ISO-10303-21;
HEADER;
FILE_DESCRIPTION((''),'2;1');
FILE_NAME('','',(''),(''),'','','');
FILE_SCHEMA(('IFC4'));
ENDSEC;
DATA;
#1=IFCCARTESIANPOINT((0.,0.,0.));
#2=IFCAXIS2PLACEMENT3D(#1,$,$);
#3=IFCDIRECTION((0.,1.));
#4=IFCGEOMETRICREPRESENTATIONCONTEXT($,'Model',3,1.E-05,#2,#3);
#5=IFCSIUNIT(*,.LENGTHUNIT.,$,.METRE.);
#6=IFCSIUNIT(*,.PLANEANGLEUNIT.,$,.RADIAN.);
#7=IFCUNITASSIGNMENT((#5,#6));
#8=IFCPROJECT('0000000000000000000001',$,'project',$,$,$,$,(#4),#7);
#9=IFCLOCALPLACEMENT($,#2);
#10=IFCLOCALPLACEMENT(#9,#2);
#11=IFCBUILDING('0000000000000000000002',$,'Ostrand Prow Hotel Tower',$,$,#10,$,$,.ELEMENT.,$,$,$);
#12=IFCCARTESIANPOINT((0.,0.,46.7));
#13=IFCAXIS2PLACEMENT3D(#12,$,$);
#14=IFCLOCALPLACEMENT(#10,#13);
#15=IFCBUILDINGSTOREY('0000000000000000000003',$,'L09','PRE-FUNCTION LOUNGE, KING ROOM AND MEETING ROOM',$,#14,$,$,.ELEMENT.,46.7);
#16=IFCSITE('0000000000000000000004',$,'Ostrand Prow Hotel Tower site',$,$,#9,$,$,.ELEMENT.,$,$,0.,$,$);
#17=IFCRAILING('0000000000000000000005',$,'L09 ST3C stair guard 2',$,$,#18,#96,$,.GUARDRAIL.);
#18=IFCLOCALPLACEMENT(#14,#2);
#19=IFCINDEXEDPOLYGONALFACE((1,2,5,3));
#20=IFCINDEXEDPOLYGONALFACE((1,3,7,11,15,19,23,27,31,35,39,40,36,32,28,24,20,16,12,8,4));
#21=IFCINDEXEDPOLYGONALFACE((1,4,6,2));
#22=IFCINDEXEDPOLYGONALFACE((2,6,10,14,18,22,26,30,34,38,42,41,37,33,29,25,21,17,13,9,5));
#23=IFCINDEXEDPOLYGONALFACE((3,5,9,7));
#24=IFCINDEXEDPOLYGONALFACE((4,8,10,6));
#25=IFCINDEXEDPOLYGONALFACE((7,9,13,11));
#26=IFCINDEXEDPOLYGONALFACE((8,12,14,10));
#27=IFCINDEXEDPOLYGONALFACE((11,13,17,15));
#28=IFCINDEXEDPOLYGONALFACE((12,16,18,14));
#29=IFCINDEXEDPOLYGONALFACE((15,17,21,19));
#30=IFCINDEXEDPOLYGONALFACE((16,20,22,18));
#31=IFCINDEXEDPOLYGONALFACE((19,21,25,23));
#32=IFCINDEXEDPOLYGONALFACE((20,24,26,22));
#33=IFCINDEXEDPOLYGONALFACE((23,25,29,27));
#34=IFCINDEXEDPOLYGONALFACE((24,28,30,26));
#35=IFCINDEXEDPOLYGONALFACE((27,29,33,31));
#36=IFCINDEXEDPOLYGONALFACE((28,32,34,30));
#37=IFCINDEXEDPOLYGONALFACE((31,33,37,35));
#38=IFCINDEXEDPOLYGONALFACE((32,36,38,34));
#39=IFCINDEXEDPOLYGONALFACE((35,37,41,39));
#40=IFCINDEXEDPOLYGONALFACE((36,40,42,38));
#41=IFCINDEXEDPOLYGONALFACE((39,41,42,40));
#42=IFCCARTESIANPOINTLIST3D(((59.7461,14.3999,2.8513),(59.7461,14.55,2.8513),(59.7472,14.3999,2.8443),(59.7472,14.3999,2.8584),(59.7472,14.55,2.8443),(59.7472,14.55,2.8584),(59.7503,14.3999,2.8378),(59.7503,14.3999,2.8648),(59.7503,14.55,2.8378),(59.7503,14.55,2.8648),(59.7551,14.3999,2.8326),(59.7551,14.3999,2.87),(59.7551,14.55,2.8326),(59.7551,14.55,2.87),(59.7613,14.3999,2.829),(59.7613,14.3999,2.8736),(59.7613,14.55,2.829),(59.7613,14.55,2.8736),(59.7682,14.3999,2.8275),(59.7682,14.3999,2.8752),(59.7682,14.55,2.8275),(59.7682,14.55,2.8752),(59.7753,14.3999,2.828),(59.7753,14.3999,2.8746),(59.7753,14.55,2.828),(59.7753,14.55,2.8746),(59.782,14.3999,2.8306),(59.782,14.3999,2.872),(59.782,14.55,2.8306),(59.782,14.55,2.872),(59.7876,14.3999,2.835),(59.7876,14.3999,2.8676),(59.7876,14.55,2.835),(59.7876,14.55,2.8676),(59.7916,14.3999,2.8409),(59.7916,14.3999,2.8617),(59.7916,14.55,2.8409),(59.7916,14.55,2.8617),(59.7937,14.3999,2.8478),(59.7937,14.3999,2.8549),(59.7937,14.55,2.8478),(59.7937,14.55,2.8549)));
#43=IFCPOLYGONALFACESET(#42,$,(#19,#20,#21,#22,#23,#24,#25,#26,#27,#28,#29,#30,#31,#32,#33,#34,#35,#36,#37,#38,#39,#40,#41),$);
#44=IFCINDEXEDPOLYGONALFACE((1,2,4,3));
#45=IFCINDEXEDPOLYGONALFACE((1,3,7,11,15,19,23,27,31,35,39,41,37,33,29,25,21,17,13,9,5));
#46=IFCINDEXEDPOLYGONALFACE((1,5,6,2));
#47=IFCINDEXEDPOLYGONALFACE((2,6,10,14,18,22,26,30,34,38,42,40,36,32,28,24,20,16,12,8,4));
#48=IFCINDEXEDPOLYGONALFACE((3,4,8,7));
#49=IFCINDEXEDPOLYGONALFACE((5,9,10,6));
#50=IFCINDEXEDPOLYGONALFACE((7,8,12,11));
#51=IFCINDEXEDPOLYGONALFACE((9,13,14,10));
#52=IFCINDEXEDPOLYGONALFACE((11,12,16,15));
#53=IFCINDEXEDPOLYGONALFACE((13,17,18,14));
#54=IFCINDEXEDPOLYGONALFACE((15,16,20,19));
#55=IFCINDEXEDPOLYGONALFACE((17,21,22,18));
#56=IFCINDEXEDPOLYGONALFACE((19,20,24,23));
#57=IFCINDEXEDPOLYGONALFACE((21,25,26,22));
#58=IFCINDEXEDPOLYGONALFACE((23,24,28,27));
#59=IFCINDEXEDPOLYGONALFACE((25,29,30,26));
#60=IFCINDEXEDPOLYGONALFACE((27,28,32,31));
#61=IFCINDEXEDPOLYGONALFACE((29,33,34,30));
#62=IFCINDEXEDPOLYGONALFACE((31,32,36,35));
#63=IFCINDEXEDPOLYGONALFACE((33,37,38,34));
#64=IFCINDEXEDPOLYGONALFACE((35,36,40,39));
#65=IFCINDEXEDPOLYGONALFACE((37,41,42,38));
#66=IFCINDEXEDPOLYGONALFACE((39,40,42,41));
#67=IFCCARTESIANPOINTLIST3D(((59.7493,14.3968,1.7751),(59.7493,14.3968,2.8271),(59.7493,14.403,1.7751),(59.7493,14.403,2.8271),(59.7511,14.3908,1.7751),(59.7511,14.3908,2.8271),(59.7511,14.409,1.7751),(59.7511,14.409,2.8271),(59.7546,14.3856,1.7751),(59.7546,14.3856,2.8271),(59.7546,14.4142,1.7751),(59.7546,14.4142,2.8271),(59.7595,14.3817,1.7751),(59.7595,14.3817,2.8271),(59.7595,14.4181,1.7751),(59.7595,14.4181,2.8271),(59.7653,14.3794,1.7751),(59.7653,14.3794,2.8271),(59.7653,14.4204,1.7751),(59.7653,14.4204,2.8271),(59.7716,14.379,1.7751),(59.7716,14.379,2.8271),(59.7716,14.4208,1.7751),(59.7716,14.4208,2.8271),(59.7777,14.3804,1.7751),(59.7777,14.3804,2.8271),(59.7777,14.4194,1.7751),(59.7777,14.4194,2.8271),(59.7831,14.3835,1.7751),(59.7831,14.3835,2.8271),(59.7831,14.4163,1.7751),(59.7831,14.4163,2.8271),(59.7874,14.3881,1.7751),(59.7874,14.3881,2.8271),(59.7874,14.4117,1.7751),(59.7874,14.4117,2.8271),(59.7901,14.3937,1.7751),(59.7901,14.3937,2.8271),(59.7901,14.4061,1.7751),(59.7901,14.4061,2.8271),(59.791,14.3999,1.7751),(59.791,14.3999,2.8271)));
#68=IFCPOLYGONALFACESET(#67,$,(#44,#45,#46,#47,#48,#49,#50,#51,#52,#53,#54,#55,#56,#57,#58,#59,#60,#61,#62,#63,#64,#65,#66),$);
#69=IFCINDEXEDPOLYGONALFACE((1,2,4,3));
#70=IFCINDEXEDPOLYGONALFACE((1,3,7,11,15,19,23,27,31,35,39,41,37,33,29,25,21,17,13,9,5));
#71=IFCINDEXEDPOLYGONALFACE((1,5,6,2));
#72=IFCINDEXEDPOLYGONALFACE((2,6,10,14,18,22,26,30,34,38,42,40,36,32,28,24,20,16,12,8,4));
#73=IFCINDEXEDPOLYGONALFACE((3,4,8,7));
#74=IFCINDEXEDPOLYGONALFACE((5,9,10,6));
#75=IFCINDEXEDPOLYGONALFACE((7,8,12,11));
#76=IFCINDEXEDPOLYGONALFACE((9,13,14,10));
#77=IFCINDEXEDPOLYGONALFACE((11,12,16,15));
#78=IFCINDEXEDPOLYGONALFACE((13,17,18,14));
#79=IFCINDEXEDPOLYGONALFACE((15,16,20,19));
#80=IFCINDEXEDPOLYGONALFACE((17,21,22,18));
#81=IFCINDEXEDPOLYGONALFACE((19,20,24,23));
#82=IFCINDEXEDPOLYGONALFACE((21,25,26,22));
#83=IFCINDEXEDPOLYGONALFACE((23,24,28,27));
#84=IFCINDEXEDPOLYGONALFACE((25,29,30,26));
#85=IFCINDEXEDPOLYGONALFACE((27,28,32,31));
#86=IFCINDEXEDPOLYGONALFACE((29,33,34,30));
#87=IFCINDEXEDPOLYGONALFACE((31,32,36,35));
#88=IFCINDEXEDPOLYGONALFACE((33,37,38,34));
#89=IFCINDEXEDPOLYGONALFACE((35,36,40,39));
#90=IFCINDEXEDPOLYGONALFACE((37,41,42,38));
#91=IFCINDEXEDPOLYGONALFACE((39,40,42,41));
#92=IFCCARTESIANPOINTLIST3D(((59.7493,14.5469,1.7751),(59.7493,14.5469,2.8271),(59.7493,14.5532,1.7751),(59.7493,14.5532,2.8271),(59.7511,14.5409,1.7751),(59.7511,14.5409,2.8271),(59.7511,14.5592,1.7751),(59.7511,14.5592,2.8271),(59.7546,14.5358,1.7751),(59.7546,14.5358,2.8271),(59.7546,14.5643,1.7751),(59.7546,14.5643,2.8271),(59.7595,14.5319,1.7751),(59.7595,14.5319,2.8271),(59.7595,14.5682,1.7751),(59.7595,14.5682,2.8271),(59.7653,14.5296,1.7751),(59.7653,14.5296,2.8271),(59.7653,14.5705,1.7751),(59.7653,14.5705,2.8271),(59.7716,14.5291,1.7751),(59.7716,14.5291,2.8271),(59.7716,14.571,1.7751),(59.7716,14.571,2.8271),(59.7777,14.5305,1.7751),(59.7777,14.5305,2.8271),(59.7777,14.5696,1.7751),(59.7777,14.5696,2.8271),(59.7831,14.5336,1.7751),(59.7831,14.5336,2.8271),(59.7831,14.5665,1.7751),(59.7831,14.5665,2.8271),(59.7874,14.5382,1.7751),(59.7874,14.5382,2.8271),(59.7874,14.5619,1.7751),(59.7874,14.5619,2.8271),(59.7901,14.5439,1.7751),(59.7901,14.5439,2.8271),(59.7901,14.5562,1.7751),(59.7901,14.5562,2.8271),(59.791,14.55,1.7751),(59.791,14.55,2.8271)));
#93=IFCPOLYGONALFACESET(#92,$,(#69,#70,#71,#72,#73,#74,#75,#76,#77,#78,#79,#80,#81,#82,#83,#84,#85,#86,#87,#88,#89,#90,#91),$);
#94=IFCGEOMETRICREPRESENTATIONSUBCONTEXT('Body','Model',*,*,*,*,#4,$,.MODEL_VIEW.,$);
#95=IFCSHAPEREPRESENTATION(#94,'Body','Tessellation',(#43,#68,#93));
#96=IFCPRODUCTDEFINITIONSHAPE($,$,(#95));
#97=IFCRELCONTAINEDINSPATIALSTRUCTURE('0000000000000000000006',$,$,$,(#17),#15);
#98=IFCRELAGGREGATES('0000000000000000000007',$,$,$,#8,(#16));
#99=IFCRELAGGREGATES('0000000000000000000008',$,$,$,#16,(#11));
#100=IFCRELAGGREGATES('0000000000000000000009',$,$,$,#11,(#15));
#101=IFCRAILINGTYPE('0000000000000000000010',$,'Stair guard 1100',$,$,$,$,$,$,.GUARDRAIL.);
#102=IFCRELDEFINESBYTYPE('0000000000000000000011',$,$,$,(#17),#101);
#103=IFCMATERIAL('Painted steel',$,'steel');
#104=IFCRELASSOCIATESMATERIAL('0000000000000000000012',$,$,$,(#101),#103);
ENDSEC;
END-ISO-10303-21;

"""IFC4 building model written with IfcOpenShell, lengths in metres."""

from ifc_helpers import new_model, si_unit, direction, frame, origin, origin_2d, place, context, subcontext, project, spatial, circle, extrude, material, type_object, element, save


model = new_model("IFC4")

# Units and contexts
model_context = context("Model", 3, precision=1e-05, world=origin(), true_north=direction((0.0, 1.0)))
body_context = subcontext(model_context, "Body", "Model", "MODEL_VIEW")
ifc_project = project(units=[si_unit("LENGTHUNIT", "METRE"), si_unit("PLANEANGLEUNIT", "RADIAN")], contexts=[model_context])

# Site, building, storey
site_placement = place(None, origin())
site = spatial("IfcSite", under=ifc_project, at=site_placement, Name="Ostrand Prow Hotel Tower site", CompositionType="ELEMENT", RefElevation=0.0)
building_placement = place(site_placement, origin())
building = spatial("IfcBuilding", under=site, at=building_placement, Name="Ostrand Prow Hotel Tower", CompositionType="ELEMENT")
storey_placement = place(building_placement, frame((0.0, 0.0, 46.7)))
storey = spatial("IfcBuildingStorey", under=building, at=storey_placement, Name="L09", Description="PRE-FUNCTION LOUNGE, KING ROOM AND MEETING ROOM", CompositionType="ELEMENT", Elevation=46.7)

# Railing
ifc_material_1 = material(Name="Painted steel", Category="steel")
railing_type_1 = type_object("IfcRailingType", Name="Stair guard 1100", PredefinedType="GUARDRAIL", material=ifc_material_1)
railing_1_placement = place(storey_placement, frame((59.77, 14.3999, 1.7751)))
element("IfcRailing", 1, at=railing_1_placement, inside=storey, type_object=railing_type_1, Name="L09 ST3C stair guard 2", PredefinedType="GUARDRAIL", context=body_context, shape_type="SweptSolid", body=[
    extrude(circle(Radius=0.0239, at=origin_2d()), frame((0.0, 0.0, 1.0762), z_axis=(0.0, 1.0, 0.0), x_axis=(-1.0, 0.0, 0.0)), (0.0, 0.0, 1.0), 0.1501),
    extrude(circle(Radius=0.021, at=origin_2d()), origin(), (0.0, 0.0, 1.0), 1.052),
    extrude(circle(Radius=0.021, at=origin_2d()), frame((0.0, 0.1501, 0.0)), (0.0, 0.0, 1.0), 1.052),
])

save(model, "model.ifc")
